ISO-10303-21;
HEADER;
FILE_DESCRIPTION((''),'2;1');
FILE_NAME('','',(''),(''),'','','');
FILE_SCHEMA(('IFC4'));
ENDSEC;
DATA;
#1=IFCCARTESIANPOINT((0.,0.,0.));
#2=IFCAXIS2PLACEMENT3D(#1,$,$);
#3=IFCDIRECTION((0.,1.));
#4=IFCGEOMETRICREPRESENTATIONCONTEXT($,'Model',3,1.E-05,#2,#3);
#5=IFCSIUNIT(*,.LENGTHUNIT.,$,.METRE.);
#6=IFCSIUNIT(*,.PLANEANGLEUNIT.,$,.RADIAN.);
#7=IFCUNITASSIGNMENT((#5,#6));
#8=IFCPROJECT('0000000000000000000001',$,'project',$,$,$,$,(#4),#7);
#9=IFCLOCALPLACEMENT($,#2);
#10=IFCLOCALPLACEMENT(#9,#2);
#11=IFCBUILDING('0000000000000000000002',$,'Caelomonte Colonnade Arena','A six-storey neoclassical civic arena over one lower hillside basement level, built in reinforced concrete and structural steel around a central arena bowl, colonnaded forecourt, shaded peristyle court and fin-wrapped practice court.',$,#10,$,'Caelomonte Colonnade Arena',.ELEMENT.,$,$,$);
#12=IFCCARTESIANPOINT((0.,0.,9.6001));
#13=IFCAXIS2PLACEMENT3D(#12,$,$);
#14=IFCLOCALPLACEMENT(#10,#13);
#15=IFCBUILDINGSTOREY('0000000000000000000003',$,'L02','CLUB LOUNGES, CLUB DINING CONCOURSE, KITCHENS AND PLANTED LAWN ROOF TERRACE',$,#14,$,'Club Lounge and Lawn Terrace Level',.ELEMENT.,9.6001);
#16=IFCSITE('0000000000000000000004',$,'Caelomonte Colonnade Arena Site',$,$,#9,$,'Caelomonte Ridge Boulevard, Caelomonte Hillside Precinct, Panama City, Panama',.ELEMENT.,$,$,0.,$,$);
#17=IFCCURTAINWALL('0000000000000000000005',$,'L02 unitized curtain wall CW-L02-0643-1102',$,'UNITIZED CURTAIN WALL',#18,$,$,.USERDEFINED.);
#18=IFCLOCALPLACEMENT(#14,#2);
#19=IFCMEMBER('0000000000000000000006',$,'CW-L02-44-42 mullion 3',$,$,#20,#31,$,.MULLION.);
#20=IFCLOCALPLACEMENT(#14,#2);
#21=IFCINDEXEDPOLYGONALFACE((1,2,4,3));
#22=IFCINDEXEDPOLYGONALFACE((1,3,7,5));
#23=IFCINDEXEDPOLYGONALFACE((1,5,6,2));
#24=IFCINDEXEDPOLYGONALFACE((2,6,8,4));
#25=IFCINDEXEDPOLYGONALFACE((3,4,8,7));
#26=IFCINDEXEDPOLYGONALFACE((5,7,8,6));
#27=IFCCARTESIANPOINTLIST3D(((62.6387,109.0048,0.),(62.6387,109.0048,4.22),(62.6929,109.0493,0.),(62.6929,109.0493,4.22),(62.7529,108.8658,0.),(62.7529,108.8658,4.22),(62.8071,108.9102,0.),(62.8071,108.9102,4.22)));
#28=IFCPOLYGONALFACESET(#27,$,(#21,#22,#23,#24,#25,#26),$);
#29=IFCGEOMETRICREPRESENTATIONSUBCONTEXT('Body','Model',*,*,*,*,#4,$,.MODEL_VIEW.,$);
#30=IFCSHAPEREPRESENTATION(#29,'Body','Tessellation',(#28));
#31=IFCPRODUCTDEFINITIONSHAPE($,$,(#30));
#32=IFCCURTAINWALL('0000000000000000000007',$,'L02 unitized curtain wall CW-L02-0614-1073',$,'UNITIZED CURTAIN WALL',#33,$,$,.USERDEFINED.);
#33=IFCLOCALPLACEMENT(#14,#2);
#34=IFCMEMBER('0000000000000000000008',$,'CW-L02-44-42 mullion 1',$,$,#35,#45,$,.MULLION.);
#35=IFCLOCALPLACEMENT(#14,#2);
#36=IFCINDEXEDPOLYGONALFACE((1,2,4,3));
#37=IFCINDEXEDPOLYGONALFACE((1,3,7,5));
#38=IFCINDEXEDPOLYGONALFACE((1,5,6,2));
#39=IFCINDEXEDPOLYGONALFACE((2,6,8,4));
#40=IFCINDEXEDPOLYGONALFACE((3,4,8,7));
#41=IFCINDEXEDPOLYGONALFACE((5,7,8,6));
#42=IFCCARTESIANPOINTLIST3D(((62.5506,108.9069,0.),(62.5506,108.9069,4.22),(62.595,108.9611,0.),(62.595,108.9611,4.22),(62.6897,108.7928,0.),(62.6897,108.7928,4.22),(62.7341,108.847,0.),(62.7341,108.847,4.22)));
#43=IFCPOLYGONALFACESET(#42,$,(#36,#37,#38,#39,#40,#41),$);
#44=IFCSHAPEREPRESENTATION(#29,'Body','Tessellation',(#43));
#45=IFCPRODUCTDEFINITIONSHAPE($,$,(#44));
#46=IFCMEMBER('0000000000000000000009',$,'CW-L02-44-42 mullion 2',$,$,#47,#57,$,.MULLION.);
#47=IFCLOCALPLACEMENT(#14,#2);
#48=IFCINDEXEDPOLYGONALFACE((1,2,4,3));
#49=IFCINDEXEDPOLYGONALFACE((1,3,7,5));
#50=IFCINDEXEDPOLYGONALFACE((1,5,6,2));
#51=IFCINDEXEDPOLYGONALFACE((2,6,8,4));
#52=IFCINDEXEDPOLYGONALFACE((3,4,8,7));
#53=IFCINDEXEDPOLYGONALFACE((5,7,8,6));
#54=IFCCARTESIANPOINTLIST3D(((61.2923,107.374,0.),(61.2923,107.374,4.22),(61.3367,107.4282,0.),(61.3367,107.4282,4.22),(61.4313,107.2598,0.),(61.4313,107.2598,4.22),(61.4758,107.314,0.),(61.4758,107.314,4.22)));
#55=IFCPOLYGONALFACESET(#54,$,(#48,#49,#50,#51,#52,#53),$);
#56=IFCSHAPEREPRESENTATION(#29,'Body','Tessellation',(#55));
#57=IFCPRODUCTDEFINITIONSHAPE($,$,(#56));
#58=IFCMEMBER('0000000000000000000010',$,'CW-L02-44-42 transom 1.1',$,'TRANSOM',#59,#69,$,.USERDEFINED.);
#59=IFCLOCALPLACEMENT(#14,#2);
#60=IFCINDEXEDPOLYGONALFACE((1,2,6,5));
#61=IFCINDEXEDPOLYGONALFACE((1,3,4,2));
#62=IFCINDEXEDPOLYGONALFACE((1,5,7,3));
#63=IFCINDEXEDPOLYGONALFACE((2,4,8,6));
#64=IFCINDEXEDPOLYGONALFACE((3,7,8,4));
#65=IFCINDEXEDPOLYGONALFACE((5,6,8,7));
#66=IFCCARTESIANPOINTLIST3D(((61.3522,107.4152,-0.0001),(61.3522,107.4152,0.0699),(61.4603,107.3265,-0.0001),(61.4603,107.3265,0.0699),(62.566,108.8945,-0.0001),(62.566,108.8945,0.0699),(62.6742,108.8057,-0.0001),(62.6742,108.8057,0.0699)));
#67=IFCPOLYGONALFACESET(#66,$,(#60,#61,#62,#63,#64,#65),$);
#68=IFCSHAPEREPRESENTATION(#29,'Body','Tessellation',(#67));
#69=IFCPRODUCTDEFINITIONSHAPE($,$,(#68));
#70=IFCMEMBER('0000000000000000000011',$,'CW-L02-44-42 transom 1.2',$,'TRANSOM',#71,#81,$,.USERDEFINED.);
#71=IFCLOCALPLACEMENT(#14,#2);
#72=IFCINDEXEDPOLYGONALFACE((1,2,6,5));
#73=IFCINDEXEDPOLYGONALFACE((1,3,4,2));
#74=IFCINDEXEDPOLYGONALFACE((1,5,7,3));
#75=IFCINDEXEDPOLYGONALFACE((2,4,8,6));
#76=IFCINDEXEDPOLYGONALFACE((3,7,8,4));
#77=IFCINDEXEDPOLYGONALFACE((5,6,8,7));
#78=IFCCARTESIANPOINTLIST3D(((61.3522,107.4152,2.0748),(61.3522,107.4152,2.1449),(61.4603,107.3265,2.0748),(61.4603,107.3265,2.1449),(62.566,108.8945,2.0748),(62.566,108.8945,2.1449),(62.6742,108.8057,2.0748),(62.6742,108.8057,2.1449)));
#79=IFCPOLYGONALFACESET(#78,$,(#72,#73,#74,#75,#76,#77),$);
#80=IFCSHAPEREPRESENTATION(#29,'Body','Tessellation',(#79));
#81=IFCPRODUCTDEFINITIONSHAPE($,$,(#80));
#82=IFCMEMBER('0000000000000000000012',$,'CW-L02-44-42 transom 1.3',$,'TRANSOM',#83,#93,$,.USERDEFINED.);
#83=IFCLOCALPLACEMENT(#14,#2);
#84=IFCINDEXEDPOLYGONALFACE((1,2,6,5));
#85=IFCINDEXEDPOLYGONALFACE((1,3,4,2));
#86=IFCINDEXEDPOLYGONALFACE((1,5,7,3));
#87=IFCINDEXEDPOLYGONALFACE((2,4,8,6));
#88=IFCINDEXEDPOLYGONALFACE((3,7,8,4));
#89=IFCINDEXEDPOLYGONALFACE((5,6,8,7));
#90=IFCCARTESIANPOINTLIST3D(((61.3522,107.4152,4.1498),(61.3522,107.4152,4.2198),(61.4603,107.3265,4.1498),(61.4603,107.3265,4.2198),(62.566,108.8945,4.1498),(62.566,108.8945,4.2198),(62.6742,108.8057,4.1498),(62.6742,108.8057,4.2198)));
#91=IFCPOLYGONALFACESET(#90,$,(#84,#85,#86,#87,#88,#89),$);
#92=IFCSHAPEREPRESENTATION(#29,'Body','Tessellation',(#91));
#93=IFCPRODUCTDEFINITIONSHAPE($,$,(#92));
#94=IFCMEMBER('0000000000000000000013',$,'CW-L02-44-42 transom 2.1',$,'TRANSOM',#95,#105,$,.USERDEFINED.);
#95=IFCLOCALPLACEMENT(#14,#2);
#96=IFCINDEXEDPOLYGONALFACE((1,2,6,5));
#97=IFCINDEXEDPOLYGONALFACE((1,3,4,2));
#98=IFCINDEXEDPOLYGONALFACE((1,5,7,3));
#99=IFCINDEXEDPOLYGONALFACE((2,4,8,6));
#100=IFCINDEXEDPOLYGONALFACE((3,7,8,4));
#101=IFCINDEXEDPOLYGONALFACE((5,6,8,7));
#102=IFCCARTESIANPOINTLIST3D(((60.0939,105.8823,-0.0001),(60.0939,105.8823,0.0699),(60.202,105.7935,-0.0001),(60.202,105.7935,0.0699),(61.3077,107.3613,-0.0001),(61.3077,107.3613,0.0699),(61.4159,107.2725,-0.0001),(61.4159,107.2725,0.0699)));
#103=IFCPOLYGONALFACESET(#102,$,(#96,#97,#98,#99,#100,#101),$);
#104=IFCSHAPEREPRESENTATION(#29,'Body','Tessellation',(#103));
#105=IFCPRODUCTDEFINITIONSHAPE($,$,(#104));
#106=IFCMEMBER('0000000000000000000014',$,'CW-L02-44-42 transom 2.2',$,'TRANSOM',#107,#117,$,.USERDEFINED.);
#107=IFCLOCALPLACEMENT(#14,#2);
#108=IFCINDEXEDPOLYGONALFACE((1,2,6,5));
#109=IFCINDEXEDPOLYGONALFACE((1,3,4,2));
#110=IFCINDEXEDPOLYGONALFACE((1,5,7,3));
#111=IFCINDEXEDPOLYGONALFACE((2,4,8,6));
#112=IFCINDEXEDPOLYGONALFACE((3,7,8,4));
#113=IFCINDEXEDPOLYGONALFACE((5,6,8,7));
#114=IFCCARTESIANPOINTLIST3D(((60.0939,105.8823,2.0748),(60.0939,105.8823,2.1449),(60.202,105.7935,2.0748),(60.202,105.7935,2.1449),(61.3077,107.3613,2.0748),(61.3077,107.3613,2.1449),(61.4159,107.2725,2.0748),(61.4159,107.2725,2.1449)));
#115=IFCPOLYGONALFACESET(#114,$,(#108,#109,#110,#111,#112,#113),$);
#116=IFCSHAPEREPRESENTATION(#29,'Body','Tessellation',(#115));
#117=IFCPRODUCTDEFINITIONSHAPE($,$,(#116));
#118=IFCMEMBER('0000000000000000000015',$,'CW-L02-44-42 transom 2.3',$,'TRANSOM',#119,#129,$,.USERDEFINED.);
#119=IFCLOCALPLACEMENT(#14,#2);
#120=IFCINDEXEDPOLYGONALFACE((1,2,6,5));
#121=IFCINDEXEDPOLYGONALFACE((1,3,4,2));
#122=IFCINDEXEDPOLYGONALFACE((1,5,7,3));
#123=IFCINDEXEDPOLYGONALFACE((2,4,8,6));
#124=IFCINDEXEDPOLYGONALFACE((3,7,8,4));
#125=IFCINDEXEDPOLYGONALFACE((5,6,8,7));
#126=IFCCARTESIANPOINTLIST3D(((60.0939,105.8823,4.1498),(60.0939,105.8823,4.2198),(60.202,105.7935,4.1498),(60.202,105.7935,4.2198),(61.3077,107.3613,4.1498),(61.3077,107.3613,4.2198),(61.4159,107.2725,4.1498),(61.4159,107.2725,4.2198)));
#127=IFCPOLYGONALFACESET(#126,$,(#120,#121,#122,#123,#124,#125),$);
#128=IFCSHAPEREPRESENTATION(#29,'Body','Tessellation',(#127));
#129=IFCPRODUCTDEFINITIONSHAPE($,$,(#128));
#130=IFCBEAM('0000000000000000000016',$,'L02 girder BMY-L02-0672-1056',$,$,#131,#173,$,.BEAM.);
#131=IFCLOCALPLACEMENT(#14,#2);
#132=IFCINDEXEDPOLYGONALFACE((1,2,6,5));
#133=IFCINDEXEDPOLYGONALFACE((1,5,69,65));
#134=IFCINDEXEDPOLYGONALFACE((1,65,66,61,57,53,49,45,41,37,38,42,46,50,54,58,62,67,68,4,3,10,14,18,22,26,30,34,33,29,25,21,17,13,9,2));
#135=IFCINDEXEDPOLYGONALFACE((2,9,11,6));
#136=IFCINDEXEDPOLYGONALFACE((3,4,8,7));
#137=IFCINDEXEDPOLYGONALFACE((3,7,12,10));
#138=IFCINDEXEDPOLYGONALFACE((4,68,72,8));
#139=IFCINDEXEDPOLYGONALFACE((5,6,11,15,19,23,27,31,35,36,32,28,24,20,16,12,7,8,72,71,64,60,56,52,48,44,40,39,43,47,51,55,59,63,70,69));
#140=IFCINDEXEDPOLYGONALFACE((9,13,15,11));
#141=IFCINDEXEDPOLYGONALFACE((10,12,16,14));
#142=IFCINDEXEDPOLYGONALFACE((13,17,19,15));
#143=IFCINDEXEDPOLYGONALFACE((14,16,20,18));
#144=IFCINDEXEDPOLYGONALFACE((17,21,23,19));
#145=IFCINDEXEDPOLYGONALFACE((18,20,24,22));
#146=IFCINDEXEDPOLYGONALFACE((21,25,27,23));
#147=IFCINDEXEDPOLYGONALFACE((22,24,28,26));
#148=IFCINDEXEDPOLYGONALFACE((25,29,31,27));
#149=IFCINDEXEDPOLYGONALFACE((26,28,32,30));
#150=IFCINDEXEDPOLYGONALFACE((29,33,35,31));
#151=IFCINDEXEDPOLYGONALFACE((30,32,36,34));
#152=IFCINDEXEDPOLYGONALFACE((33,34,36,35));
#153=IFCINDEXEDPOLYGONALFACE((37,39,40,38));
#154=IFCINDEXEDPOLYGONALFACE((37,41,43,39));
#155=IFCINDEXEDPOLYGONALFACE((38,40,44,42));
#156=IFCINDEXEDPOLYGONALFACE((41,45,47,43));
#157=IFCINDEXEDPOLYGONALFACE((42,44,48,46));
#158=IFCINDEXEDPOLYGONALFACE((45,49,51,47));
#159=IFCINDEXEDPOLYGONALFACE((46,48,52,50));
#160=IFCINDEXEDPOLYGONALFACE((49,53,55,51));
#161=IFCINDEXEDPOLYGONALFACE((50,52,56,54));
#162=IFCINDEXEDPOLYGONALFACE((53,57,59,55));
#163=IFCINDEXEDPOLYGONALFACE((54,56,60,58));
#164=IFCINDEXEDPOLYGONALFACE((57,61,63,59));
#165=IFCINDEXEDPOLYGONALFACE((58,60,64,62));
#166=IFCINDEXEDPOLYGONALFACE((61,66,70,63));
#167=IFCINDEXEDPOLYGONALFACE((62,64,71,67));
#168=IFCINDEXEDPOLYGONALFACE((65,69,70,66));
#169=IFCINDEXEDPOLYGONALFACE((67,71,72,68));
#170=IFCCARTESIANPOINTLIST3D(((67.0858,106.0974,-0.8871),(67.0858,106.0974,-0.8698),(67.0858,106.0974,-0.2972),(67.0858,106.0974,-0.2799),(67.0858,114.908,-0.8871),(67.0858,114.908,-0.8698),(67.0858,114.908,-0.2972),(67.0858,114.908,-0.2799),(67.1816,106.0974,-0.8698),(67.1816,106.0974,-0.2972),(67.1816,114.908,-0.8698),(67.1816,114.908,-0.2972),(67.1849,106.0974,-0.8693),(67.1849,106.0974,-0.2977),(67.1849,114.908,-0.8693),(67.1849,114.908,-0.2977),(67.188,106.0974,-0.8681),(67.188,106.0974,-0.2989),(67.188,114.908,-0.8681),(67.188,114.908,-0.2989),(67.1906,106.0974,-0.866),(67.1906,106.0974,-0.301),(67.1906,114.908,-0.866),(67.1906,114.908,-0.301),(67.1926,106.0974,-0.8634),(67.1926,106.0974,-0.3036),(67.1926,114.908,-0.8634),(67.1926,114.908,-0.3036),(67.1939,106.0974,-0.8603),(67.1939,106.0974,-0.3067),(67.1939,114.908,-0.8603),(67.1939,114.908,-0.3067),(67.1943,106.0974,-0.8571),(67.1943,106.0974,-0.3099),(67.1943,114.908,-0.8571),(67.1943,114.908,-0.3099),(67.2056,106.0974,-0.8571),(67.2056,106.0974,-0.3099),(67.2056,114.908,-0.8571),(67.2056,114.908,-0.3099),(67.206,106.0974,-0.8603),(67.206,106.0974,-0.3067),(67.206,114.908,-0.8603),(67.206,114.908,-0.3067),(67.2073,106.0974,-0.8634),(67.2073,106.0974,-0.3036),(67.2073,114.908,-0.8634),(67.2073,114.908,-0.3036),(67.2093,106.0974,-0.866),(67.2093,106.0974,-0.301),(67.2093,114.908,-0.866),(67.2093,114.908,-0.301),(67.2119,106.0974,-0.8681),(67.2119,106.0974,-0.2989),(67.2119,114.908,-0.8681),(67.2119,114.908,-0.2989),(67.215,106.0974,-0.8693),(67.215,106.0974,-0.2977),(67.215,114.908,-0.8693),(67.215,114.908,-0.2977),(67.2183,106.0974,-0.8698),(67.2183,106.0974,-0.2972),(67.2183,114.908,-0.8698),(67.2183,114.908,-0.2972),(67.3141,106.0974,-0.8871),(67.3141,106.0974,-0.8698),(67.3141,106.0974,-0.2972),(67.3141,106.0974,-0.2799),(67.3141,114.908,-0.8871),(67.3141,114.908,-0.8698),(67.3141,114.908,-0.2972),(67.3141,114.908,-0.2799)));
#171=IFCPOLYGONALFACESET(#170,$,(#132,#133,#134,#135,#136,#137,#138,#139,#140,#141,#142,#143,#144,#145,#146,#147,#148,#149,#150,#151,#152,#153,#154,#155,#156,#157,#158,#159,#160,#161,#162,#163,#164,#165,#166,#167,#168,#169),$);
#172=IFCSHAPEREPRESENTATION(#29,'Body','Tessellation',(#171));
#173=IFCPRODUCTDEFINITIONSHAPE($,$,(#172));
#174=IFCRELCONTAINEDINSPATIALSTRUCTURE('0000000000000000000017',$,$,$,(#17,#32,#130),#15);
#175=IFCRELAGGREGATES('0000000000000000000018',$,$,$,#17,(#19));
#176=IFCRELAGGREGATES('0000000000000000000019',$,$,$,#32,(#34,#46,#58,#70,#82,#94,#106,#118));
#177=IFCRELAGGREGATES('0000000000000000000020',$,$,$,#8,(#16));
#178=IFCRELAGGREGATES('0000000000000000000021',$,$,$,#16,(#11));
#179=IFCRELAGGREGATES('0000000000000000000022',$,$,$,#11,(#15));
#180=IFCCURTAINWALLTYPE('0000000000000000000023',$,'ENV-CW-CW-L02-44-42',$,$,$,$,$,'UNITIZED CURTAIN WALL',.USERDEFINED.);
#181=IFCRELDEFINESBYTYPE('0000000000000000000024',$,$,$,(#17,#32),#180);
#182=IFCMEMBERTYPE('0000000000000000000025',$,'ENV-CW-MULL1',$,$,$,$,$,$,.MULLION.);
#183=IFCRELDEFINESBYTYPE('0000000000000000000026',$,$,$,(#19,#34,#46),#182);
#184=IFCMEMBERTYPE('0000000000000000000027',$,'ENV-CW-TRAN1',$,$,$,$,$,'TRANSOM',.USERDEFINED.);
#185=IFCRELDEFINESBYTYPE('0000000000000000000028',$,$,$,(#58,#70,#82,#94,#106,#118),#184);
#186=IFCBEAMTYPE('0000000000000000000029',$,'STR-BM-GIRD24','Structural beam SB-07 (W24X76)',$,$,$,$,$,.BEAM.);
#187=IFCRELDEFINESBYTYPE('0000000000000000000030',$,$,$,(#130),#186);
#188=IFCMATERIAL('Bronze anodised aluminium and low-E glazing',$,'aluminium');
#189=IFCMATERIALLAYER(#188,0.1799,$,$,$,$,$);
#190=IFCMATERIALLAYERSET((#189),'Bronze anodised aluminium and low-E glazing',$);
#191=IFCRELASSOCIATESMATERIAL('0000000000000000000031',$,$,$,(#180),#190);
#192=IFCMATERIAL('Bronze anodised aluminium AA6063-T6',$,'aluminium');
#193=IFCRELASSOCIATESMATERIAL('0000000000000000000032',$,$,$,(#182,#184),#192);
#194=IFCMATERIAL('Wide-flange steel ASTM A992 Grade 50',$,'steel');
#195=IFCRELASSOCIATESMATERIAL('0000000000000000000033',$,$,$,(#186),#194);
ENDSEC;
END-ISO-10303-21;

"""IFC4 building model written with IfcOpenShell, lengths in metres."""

from ifc_helpers import new_model, si_unit, direction, frame, origin, origin_2d, place, context, subcontext, project, spatial, rectangle, i_section, extrude, material, layer, layer_set, material_profile, profile_set, type_object, element, aggregate, save


model = new_model("IFC4")

# Units and contexts
model_context = context("Model", 3, precision=1e-05, world=origin(), true_north=direction((0.0, 1.0)))
body_context = subcontext(model_context, "Body", "Model", "MODEL_VIEW")
ifc_project = project(units=[si_unit("LENGTHUNIT", "METRE"), si_unit("PLANEANGLEUNIT", "RADIAN")], contexts=[model_context])

# Site, building, storey
site_placement = place(None, origin())
site = spatial("IfcSite", under=ifc_project, at=site_placement, Name="Caelomonte Colonnade Arena Site", LongName="Caelomonte Ridge Boulevard, Caelomonte Hillside Precinct, Panama City, Panama", CompositionType="ELEMENT", RefElevation=0.0)
building_placement = place(site_placement, origin())
building = spatial("IfcBuilding", under=site, at=building_placement, Name="Caelomonte Colonnade Arena", Description="A six-storey neoclassical civic arena over one lower hillside basement level, built in reinforced concrete and structural steel around a central arena bowl, colonnaded forecourt, shaded peristyle court and fin-wrapped practice court.", LongName="Caelomonte Colonnade Arena", CompositionType="ELEMENT")
storey_placement = place(building_placement, frame((0.0, 0.0, 9.6001)))
storey = spatial("IfcBuildingStorey", under=building, at=storey_placement, Name="L02", Description="CLUB LOUNGES, CLUB DINING CONCOURSE, KITCHENS AND PLANTED LAWN ROOF TERRACE", LongName="Club Lounge and Lawn Terrace Level", CompositionType="ELEMENT", Elevation=9.6001)

# Curtain wall, member
ifc_material_1 = material(Name="Bronze anodised aluminium and low-E glazing", Category="aluminium")
ifc_layer_1 = layer(ifc_material_1, 0.1799)
ifc_layer_set_1 = layer_set([ifc_layer_1], Name="Bronze anodised aluminium and low-E glazing")
curtain_wall_type = type_object("IfcCurtainWallType", Name="ENV-CW-CW-L02-44-42", ElementType="UNITIZED CURTAIN WALL", PredefinedType="USERDEFINED", material=ifc_layer_set_1)
curtain_wall_1_placement = place(storey_placement, origin())
curtain_wall_1 = element("IfcCurtainWall", 1, at=curtain_wall_1_placement, inside=storey, type_object=curtain_wall_type, Name="L02 unitized curtain wall CW-L02-0643-1102", ObjectType="UNITIZED CURTAIN WALL", PredefinedType="USERDEFINED")
ifc_material_2 = material(Name="Bronze anodised aluminium AA6063-T6", Category="aluminium")
ifc_material_profile_1 = material_profile(ifc_material_2, rectangle(XDim=0.0701, YDim=0.1799, at=origin_2d()), Name="CWM-70X180")
ifc_profile_set_1 = profile_set([ifc_material_profile_1], Name="Bronze anodised aluminium AA6063-T6")
member_type_1 = type_object("IfcMemberType", Name="ENV-CW-MULL1", PredefinedType="MULLION", material=ifc_profile_set_1)
member_1_placement = place(storey_placement, frame((62.7229, 108.9575, 0.0), z_axis=(0.0, 0.0, 1.0), x_axis=(-0.772992, -0.634416, 0.0)))
member_1 = element("IfcMember", 2, at=member_1_placement, type_object=member_type_1, Name="CW-L02-44-42 mullion 3", PredefinedType="MULLION", context=body_context, shape_type="SweptSolid", body=[
    extrude(rectangle(XDim=0.0701, YDim=0.1799, at=origin_2d()), origin(), (0.0, 0.0, 1.0), 4.22),
])

# Curtain wall, members
curtain_wall_2_placement = place(storey_placement, origin())
curtain_wall_2 = element("IfcCurtainWall", 3, at=curtain_wall_2_placement, inside=storey, type_object=curtain_wall_type, Name="L02 unitized curtain wall CW-L02-0614-1073", ObjectType="UNITIZED CURTAIN WALL", PredefinedType="USERDEFINED")
member_2_placement = place(storey_placement, frame((62.6423, 108.877, 0.0), z_axis=(0.0, 0.0, 1.0), x_axis=(-0.634416, -0.772992, 0.0)))
member_2 = element("IfcMember", 4, at=member_2_placement, type_object=member_type_1, Name="CW-L02-44-42 mullion 1", PredefinedType="MULLION", context=body_context, shape_type="SweptSolid", body=[
    extrude(rectangle(XDim=0.0701, YDim=0.1799, at=origin_2d()), origin(), (0.0, 0.0, 1.0), 4.22),
])
member_3_placement = place(storey_placement, frame((61.384, 107.344, 0.0), z_axis=(0.0, 0.0, 1.0), x_axis=(-0.634416, -0.772992, 0.0)))
member_3 = element("IfcMember", 5, at=member_3_placement, type_object=member_type_1, Name="CW-L02-44-42 mullion 2", PredefinedType="MULLION", context=body_context, shape_type="SweptSolid", body=[
    extrude(rectangle(XDim=0.0701, YDim=0.1799, at=origin_2d()), origin(), (0.0, 0.0, 1.0), 4.22),
])
ifc_material_profile_2 = material_profile(ifc_material_2, rectangle(XDim=0.0701, YDim=0.1399, at=origin_2d()), Name="CWT-70X140")
ifc_profile_set_2 = profile_set([ifc_material_profile_2], Name="Bronze anodised aluminium AA6063-T6")
member_type_2 = type_object("IfcMemberType", Name="ENV-CW-TRAN1", ElementType="TRANSOM", PredefinedType="USERDEFINED", material=ifc_profile_set_2)
member_4_placement = place(storey_placement, frame((62.6201, 108.8501, 0.0349), z_axis=(-0.634356, -0.773041, 0.0), x_axis=(0.0, 0.0, 1.0)))
member_4 = element("IfcMember", 6, at=member_4_placement, type_object=member_type_2, Name="CW-L02-44-42 transom 1.1", ObjectType="TRANSOM", PredefinedType="USERDEFINED", context=body_context, shape_type="SweptSolid", body=[
    extrude(rectangle(XDim=0.0701, YDim=0.1399, at=origin_2d()), origin(), (0.0, 0.0, 1.0), 1.9136),
])
member_5_placement = place(storey_placement, frame((62.6201, 108.8501, 2.1099), z_axis=(-0.634356, -0.773041, 0.0), x_axis=(0.0, 0.0, 1.0)))
member_5 = element("IfcMember", 7, at=member_5_placement, type_object=member_type_2, Name="CW-L02-44-42 transom 1.2", ObjectType="TRANSOM", PredefinedType="USERDEFINED", context=body_context, shape_type="SweptSolid", body=[
    extrude(rectangle(XDim=0.0701, YDim=0.1399, at=origin_2d()), origin(), (0.0, 0.0, 1.0), 1.9136),
])
member_6_placement = place(storey_placement, frame((62.6201, 108.8501, 4.1848), z_axis=(-0.634356, -0.773041, 0.0), x_axis=(0.0, 0.0, 1.0)))
member_6 = element("IfcMember", 8, at=member_6_placement, type_object=member_type_2, Name="CW-L02-44-42 transom 1.3", ObjectType="TRANSOM", PredefinedType="USERDEFINED", context=body_context, shape_type="SweptSolid", body=[
    extrude(rectangle(XDim=0.0701, YDim=0.1399, at=origin_2d()), origin(), (0.0, 0.0, 1.0), 1.9136),
])
member_7_placement = place(storey_placement, frame((61.3618, 107.3169, 0.0349), z_axis=(-0.634418, -0.77299, 0.0), x_axis=(0.0, 0.0, 1.0)))
member_7 = element("IfcMember", 9, at=member_7_placement, type_object=member_type_2, Name="CW-L02-44-42 transom 2.1", ObjectType="TRANSOM", PredefinedType="USERDEFINED", context=body_context, shape_type="SweptSolid", body=[
    extrude(rectangle(XDim=0.0701, YDim=0.1399, at=origin_2d()), origin(), (0.0, 0.0, 1.0), 1.9133),
])
member_8_placement = place(storey_placement, frame((61.3618, 107.3169, 2.1099), z_axis=(-0.634418, -0.77299, 0.0), x_axis=(0.0, 0.0, 1.0)))
member_8 = element("IfcMember", 10, at=member_8_placement, type_object=member_type_2, Name="CW-L02-44-42 transom 2.2", ObjectType="TRANSOM", PredefinedType="USERDEFINED", context=body_context, shape_type="SweptSolid", body=[
    extrude(rectangle(XDim=0.0701, YDim=0.1399, at=origin_2d()), origin(), (0.0, 0.0, 1.0), 1.9133),
])
member_9_placement = place(storey_placement, frame((61.3618, 107.3169, 4.1848), z_axis=(-0.634418, -0.77299, 0.0), x_axis=(0.0, 0.0, 1.0)))
member_9 = element("IfcMember", 11, at=member_9_placement, type_object=member_type_2, Name="CW-L02-44-42 transom 2.3", ObjectType="TRANSOM", PredefinedType="USERDEFINED", context=body_context, shape_type="SweptSolid", body=[
    extrude(rectangle(XDim=0.0701, YDim=0.1399, at=origin_2d()), origin(), (0.0, 0.0, 1.0), 1.9133),
])

# Beam
ifc_material_3 = material(Name="Wide-flange steel ASTM A992 Grade 50", Category="steel")
ifc_material_profile_3 = material_profile(ifc_material_3, i_section(OverallWidth=0.2283, OverallDepth=0.6072, WebThickness=0.0112, FlangeThickness=0.0173, FilletRadius=0.0127, at=origin_2d()), Name="W24X76")
ifc_profile_set_3 = profile_set([ifc_material_profile_3], Name="Wide-flange steel ASTM A992 Grade 50")
beam_type_1 = type_object("IfcBeamType", Name="STR-BM-GIRD24", Description="Structural beam SB-07 (W24X76)", PredefinedType="BEAM", material=ifc_profile_set_3)
beam_1_placement = place(storey_placement, frame((67.2, 106.0974, -0.5835), z_axis=(0.0, 1.0, 0.0), x_axis=(-1.0, 0.0, 0.0)))
element("IfcBeam", 12, at=beam_1_placement, inside=storey, type_object=beam_type_1, Name="L02 girder BMY-L02-0672-1056", PredefinedType="BEAM", context=body_context, shape_type="SweptSolid", body=[
    extrude(i_section(OverallWidth=0.2283, OverallDepth=0.6072, WebThickness=0.0112, FlangeThickness=0.0173, FilletRadius=0.0127, at=origin_2d()), origin(), (0.0, 0.0, 1.0), 8.8105),
])

aggregate(curtain_wall_1, [member_1])
aggregate(curtain_wall_2, [member_2, member_3, member_4, member_5, member_6, member_7, member_8, member_9])

save(model, "model.ifc")
